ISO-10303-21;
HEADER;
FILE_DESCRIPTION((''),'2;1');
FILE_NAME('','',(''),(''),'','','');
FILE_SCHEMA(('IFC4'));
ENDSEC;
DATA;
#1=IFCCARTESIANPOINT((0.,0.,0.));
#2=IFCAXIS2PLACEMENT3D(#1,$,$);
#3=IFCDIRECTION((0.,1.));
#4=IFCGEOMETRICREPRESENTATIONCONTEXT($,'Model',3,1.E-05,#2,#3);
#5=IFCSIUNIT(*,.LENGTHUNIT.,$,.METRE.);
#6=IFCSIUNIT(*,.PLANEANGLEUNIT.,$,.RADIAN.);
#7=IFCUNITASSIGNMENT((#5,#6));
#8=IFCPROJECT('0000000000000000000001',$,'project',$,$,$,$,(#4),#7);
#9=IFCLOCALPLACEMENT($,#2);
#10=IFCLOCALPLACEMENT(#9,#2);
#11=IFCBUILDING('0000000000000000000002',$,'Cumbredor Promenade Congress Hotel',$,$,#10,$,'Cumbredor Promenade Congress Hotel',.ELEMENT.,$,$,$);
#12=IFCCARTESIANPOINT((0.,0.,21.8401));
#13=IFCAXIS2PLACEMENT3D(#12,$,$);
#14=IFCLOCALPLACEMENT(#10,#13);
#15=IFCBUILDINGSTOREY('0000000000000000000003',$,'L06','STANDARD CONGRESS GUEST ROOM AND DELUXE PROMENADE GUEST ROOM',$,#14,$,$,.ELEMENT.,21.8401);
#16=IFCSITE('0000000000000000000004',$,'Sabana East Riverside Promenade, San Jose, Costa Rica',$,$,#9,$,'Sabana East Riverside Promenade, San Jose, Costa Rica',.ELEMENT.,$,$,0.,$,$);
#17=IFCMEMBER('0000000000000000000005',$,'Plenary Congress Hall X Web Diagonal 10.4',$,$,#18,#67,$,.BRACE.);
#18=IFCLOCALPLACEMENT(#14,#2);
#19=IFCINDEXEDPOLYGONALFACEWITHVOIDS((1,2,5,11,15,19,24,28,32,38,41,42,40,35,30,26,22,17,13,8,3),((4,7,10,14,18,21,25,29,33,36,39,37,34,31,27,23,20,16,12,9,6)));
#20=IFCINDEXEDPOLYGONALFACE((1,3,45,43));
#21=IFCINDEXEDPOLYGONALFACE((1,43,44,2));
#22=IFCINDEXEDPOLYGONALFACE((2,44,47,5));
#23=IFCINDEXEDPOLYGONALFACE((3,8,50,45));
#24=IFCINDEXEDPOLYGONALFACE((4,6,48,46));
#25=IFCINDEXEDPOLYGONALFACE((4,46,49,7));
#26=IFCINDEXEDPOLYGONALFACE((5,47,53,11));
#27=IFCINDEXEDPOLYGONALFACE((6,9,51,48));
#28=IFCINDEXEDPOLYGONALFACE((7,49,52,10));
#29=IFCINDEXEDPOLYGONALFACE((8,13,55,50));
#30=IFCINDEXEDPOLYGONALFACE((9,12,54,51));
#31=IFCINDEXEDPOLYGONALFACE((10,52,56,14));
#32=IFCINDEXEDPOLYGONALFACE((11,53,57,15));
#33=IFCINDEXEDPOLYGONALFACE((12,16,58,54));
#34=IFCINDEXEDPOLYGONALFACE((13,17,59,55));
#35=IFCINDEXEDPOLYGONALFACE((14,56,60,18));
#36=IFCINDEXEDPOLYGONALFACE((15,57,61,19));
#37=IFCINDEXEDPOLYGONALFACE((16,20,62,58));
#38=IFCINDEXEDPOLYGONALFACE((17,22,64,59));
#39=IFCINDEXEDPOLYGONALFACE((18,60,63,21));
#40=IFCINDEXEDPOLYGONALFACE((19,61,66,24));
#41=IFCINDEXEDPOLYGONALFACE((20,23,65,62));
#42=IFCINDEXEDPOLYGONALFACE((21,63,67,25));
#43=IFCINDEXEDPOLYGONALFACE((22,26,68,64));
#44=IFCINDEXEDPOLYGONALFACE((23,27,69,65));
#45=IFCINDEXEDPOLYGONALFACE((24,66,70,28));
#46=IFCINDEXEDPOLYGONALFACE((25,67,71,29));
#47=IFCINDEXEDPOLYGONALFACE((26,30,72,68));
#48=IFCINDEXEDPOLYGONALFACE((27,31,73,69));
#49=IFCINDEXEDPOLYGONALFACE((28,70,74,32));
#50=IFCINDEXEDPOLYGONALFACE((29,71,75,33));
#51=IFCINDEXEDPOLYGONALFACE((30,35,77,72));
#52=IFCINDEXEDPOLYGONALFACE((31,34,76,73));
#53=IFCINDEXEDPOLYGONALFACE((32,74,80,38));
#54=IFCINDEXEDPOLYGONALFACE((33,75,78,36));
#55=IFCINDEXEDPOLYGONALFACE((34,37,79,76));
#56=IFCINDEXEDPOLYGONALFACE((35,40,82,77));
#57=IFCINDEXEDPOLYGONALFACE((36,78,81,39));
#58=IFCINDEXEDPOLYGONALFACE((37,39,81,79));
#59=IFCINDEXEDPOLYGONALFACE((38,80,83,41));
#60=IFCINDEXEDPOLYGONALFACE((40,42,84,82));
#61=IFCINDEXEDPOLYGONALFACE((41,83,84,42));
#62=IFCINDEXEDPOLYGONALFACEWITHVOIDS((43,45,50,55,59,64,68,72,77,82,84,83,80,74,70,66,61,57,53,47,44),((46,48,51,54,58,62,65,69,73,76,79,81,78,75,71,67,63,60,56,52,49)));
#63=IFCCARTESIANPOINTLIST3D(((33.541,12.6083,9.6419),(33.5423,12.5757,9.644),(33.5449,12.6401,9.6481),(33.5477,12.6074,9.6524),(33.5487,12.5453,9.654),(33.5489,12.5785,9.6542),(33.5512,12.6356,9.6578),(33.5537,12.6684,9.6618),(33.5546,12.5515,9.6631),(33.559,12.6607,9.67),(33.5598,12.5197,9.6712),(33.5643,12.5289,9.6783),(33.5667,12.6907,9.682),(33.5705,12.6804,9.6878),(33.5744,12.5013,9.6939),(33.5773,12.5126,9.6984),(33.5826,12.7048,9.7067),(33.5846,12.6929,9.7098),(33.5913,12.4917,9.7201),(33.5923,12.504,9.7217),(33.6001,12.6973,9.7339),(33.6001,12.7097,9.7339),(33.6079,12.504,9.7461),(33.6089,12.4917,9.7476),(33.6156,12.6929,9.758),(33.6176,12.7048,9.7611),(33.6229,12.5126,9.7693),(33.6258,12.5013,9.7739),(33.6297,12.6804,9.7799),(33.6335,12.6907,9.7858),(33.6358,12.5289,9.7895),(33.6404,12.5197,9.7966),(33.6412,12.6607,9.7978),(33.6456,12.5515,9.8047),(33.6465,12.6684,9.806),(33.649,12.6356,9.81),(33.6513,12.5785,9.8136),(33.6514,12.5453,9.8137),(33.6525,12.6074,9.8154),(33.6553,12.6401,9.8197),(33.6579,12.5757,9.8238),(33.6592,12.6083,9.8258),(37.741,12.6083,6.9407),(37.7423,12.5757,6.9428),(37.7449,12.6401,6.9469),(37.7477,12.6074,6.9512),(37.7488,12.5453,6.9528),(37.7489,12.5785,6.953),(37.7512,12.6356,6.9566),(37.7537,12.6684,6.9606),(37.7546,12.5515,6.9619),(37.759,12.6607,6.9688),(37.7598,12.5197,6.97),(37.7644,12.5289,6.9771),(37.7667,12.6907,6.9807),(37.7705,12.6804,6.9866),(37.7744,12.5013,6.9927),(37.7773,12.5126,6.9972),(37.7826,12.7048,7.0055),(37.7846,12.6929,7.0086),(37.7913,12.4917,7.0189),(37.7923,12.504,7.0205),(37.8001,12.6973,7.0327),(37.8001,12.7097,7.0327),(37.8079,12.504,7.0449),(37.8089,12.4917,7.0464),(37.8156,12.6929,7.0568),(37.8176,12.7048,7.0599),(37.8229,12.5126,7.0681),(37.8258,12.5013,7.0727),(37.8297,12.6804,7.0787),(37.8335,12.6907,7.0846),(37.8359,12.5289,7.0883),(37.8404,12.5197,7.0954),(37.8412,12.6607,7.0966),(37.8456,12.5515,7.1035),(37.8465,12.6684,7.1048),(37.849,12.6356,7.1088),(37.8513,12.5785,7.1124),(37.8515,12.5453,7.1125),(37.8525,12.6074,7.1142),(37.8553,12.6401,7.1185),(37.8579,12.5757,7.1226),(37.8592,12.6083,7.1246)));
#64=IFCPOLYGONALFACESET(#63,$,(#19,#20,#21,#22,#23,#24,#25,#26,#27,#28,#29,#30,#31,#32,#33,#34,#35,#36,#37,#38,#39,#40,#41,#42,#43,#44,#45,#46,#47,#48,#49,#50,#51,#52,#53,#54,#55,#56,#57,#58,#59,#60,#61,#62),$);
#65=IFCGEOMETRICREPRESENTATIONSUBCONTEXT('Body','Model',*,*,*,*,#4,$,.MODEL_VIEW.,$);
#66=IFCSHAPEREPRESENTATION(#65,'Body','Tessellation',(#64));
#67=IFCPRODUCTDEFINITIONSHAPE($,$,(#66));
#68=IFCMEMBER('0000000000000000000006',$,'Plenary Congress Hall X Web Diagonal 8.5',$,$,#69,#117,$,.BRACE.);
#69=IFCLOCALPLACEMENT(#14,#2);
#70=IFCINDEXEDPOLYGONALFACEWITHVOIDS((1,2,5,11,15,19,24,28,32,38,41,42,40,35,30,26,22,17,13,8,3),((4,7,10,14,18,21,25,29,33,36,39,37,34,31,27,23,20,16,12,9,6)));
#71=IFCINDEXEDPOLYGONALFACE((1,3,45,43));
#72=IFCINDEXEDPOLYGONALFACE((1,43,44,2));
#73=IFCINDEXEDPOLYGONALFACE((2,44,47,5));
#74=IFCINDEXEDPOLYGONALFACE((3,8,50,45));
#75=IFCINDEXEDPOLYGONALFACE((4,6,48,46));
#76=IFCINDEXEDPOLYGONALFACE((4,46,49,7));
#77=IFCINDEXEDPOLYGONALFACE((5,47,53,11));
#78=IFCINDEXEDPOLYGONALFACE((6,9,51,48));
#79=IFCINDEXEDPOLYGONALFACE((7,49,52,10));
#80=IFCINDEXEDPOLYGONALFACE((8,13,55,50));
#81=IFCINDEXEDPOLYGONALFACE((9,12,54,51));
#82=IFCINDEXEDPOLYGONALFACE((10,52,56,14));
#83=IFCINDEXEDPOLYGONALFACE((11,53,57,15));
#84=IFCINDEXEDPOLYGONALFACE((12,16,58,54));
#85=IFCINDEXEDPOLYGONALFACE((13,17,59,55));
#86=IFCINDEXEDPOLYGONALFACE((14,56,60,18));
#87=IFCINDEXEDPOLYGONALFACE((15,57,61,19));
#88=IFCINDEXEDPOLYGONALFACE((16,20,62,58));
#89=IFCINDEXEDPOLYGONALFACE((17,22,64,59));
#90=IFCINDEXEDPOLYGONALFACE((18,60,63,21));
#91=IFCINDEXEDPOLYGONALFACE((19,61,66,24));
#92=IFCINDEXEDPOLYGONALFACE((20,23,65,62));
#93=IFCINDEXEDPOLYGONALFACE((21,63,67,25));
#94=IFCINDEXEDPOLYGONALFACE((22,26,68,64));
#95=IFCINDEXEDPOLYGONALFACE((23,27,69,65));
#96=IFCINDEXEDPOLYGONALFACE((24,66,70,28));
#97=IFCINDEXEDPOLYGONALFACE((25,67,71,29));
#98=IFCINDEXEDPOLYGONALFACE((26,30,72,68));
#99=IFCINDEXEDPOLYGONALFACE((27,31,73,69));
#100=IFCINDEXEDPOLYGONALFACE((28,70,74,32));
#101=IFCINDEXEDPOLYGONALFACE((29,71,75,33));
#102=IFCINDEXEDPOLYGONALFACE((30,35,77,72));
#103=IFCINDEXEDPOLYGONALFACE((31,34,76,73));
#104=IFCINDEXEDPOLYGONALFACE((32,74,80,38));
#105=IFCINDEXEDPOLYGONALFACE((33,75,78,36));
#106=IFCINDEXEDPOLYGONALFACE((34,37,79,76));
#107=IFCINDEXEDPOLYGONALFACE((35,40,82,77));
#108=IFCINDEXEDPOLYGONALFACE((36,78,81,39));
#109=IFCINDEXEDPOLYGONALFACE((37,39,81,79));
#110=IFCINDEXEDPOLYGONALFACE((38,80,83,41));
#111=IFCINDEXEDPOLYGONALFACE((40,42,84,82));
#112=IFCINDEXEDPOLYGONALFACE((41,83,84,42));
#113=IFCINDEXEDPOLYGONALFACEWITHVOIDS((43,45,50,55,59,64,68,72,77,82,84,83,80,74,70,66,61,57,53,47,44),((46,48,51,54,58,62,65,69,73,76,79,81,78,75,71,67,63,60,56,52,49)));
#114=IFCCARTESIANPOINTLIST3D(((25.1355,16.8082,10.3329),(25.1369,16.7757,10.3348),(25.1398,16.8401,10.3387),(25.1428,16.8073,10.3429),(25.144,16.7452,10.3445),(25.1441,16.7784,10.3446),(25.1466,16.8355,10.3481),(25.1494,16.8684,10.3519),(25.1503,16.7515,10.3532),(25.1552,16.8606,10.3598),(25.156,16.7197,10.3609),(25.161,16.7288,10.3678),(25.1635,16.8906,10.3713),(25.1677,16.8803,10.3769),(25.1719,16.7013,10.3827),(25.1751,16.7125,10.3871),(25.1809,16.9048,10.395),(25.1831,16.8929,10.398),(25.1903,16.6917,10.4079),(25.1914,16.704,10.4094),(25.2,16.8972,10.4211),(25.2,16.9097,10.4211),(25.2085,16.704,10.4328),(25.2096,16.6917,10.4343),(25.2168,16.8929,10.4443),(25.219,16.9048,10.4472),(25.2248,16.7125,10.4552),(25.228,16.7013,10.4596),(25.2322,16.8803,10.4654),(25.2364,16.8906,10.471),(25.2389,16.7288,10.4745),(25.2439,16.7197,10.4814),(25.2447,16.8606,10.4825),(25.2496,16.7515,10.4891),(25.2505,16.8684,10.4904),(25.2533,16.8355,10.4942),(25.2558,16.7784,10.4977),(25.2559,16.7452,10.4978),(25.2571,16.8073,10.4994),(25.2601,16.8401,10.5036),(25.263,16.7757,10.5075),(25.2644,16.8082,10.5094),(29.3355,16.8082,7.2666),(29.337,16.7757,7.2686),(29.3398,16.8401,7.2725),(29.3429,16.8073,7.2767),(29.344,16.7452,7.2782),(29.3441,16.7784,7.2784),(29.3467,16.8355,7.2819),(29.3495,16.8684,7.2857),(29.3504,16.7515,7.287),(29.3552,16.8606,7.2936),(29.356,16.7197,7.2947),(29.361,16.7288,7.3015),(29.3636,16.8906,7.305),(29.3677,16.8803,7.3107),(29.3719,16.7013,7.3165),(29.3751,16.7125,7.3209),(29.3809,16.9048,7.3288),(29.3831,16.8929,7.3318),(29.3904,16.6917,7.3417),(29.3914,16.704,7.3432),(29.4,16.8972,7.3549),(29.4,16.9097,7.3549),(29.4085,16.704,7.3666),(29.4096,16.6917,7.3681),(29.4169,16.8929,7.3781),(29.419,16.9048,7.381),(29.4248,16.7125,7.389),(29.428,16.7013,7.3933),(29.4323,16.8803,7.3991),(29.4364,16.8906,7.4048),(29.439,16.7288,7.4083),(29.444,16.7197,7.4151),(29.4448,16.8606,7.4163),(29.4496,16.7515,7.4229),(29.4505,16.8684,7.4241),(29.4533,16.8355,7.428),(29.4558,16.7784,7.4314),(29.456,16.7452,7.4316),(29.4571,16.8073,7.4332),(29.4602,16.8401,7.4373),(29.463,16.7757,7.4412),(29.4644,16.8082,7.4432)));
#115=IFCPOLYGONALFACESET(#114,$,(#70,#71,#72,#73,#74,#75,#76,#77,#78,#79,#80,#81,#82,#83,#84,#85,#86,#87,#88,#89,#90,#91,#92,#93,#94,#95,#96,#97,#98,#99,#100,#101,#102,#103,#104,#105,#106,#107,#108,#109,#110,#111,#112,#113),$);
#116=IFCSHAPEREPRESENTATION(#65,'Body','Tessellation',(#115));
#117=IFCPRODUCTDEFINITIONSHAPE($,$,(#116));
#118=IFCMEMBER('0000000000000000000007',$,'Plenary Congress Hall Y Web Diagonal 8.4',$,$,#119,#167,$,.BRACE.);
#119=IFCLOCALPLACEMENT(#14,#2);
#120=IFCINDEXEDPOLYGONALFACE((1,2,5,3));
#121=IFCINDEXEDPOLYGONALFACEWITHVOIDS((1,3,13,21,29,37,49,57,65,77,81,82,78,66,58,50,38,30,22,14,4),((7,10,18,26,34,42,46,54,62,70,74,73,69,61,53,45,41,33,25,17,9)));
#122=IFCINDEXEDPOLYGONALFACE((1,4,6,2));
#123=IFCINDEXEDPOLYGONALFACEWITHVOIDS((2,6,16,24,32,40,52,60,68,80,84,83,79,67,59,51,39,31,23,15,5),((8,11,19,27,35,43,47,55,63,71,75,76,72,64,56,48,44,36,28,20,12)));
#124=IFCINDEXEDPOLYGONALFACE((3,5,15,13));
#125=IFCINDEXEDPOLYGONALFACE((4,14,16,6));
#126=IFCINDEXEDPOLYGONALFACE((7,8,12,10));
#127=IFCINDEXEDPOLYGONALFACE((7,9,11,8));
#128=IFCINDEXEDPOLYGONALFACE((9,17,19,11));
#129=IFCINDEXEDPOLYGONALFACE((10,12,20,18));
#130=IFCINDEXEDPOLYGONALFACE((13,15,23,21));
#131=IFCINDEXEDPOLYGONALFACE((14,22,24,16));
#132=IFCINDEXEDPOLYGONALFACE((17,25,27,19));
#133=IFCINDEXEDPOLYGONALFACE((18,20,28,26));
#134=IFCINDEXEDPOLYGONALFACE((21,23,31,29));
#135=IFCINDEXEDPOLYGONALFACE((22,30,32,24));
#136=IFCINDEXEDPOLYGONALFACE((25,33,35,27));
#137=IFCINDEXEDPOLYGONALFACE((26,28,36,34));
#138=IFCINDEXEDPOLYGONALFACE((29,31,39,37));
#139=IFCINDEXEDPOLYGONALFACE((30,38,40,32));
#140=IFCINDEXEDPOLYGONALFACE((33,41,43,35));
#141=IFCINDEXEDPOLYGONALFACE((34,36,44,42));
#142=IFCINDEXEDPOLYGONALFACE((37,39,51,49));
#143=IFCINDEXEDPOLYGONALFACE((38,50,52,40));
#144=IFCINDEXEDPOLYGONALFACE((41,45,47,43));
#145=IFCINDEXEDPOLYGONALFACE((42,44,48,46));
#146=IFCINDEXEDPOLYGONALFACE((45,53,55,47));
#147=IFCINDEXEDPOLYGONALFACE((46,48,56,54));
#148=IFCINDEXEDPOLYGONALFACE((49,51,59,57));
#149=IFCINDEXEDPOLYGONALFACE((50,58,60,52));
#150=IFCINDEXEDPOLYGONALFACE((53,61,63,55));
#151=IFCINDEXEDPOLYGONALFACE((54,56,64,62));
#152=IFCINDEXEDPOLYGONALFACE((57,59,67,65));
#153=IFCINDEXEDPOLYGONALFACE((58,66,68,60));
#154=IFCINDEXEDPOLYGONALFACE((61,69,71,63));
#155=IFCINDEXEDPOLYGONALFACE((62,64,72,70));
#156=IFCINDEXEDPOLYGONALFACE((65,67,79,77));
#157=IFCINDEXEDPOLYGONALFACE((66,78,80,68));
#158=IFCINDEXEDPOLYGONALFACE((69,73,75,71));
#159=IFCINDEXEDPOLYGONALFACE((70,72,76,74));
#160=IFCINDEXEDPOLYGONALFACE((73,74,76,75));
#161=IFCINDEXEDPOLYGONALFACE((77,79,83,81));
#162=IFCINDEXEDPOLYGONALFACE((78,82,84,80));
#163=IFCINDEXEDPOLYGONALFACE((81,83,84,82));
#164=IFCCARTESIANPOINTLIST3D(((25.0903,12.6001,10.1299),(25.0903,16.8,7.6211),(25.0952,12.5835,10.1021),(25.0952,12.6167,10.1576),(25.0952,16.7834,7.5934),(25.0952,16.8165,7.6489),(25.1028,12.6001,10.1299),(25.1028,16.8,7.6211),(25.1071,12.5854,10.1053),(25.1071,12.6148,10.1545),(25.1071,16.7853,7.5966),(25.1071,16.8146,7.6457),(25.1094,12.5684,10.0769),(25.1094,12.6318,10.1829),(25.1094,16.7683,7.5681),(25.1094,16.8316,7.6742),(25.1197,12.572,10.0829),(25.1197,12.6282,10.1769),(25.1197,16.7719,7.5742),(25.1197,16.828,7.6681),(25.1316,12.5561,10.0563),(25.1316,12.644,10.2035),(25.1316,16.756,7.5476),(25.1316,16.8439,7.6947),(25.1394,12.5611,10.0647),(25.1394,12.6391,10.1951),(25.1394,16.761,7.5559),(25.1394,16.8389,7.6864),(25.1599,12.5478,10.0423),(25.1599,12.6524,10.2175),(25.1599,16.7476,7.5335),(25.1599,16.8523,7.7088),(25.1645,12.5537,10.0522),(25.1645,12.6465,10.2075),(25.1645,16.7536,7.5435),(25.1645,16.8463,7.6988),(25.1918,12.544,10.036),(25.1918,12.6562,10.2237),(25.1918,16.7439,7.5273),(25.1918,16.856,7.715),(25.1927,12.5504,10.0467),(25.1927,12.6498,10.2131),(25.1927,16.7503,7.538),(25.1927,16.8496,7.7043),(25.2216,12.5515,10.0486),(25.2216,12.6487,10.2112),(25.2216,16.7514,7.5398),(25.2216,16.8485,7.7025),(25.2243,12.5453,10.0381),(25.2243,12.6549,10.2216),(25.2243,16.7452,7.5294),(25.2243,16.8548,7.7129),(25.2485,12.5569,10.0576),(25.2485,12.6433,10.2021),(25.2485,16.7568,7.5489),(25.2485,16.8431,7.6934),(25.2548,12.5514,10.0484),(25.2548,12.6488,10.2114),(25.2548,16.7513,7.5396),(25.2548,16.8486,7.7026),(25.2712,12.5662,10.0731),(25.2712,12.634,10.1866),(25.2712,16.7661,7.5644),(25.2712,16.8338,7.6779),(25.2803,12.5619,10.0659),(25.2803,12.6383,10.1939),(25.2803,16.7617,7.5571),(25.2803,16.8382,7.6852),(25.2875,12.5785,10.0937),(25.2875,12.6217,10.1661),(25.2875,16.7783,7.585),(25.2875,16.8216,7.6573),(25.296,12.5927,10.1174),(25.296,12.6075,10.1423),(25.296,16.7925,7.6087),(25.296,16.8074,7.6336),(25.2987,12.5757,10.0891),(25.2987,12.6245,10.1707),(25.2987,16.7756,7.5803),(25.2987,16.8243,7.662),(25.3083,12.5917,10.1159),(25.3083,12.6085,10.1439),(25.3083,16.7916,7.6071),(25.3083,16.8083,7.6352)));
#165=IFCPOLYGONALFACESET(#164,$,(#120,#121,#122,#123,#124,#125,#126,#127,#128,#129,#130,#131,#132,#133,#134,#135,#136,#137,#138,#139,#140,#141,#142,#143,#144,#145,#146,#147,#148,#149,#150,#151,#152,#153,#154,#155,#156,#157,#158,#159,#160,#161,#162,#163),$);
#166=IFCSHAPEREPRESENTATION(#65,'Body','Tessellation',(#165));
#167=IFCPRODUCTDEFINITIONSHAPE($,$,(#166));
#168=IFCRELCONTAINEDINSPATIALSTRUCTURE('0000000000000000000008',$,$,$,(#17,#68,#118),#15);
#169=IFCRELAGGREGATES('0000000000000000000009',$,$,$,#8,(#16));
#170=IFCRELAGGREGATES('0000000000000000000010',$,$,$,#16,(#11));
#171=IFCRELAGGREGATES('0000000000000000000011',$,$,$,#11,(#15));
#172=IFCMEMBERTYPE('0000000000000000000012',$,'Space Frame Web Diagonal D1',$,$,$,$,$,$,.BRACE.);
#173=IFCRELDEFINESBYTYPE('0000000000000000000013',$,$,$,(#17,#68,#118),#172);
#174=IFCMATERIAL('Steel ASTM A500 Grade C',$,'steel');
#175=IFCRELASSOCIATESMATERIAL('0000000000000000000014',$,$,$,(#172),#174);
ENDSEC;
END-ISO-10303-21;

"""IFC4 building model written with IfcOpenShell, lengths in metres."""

from ifc_helpers import new_model, si_unit, direction, frame, origin, origin_2d, place, context, subcontext, project, spatial, hollow_circle, extrude, material, material_profile, profile_set, type_object, element, save


model = new_model("IFC4")

# Units and contexts
model_context = context("Model", 3, precision=1e-05, world=origin(), true_north=direction((0.0, 1.0)))
body_context = subcontext(model_context, "Body", "Model", "MODEL_VIEW")
ifc_project = project(units=[si_unit("LENGTHUNIT", "METRE"), si_unit("PLANEANGLEUNIT", "RADIAN")], contexts=[model_context])

# Site, building, storey
site_placement = place(None, origin())
site = spatial("IfcSite", under=ifc_project, at=site_placement, Name="Sabana East Riverside Promenade, San Jose, Costa Rica", LongName="Sabana East Riverside Promenade, San Jose, Costa Rica", CompositionType="ELEMENT", RefElevation=0.0)
building_placement = place(site_placement, origin())
building = spatial("IfcBuilding", under=site, at=building_placement, Name="Cumbredor Promenade Congress Hotel", LongName="Cumbredor Promenade Congress Hotel", CompositionType="ELEMENT")
storey_placement = place(building_placement, frame((0.0, 0.0, 21.8401)))
storey = spatial("IfcBuildingStorey", under=building, at=storey_placement, Name="L06", Description="STANDARD CONGRESS GUEST ROOM AND DELUXE PROMENADE GUEST ROOM", CompositionType="ELEMENT", Elevation=21.8401)

# Members
ifc_material_1 = material(Name="Steel ASTM A500 Grade C", Category="steel")
ifc_material_profile_1 = material_profile(ifc_material_1, hollow_circle(Radius=0.1096, WallThickness=0.0125, at=origin_2d()), Name="CHS 219.1x12.5")
ifc_profile_set_1 = profile_set([ifc_material_profile_1], Name="Steel ASTM A500 Grade C")
member_type_1 = type_object("IfcMemberType", Name="Space Frame Web Diagonal D1", PredefinedType="BRACE", material=ifc_profile_set_1)
member_1_placement = place(storey_placement, frame((33.6001, 12.6001, 9.7339), z_axis=(0.841069, 0.0, -0.540928), x_axis=(0.0, 1.0, 0.0)))
element("IfcMember", 1, at=member_1_placement, inside=storey, type_object=member_type_1, Name="Plenary Congress Hall X Web Diagonal 10.4", PredefinedType="BRACE", context=body_context, shape_type="SweptSolid", body=[
    extrude(hollow_circle(Radius=0.1096, WallThickness=0.0125, at=origin_2d()), origin(), (0.0, 0.0, 1.0), 4.9937),
])
member_2_placement = place(storey_placement, frame((25.2, 16.8, 10.4211), z_axis=(0.807669, 0.0, -0.589636), x_axis=(0.0, 1.0, 0.0)))
element("IfcMember", 2, at=member_2_placement, inside=storey, type_object=member_type_1, Name="Plenary Congress Hall X Web Diagonal 8.5", PredefinedType="BRACE", context=body_context, shape_type="SweptSolid", body=[
    extrude(hollow_circle(Radius=0.1096, WallThickness=0.0125, at=origin_2d()), origin(), (0.0, 0.0, 1.0), 5.2002),
])
member_3_placement = place(storey_placement, frame((25.2, 12.6001, 10.1299), z_axis=(0.0, 0.8585, -0.512814), x_axis=(-1.0, 0.0, 0.0)))
element("IfcMember", 3, at=member_3_placement, inside=storey, type_object=member_type_1, Name="Plenary Congress Hall Y Web Diagonal 8.4", PredefinedType="BRACE", context=body_context, shape_type="SweptSolid", body=[
    extrude(hollow_circle(Radius=0.1096, WallThickness=0.0125, at=origin_2d()), origin(), (0.0, 0.0, 1.0), 4.8921),
])

save(model, "model.ifc")
